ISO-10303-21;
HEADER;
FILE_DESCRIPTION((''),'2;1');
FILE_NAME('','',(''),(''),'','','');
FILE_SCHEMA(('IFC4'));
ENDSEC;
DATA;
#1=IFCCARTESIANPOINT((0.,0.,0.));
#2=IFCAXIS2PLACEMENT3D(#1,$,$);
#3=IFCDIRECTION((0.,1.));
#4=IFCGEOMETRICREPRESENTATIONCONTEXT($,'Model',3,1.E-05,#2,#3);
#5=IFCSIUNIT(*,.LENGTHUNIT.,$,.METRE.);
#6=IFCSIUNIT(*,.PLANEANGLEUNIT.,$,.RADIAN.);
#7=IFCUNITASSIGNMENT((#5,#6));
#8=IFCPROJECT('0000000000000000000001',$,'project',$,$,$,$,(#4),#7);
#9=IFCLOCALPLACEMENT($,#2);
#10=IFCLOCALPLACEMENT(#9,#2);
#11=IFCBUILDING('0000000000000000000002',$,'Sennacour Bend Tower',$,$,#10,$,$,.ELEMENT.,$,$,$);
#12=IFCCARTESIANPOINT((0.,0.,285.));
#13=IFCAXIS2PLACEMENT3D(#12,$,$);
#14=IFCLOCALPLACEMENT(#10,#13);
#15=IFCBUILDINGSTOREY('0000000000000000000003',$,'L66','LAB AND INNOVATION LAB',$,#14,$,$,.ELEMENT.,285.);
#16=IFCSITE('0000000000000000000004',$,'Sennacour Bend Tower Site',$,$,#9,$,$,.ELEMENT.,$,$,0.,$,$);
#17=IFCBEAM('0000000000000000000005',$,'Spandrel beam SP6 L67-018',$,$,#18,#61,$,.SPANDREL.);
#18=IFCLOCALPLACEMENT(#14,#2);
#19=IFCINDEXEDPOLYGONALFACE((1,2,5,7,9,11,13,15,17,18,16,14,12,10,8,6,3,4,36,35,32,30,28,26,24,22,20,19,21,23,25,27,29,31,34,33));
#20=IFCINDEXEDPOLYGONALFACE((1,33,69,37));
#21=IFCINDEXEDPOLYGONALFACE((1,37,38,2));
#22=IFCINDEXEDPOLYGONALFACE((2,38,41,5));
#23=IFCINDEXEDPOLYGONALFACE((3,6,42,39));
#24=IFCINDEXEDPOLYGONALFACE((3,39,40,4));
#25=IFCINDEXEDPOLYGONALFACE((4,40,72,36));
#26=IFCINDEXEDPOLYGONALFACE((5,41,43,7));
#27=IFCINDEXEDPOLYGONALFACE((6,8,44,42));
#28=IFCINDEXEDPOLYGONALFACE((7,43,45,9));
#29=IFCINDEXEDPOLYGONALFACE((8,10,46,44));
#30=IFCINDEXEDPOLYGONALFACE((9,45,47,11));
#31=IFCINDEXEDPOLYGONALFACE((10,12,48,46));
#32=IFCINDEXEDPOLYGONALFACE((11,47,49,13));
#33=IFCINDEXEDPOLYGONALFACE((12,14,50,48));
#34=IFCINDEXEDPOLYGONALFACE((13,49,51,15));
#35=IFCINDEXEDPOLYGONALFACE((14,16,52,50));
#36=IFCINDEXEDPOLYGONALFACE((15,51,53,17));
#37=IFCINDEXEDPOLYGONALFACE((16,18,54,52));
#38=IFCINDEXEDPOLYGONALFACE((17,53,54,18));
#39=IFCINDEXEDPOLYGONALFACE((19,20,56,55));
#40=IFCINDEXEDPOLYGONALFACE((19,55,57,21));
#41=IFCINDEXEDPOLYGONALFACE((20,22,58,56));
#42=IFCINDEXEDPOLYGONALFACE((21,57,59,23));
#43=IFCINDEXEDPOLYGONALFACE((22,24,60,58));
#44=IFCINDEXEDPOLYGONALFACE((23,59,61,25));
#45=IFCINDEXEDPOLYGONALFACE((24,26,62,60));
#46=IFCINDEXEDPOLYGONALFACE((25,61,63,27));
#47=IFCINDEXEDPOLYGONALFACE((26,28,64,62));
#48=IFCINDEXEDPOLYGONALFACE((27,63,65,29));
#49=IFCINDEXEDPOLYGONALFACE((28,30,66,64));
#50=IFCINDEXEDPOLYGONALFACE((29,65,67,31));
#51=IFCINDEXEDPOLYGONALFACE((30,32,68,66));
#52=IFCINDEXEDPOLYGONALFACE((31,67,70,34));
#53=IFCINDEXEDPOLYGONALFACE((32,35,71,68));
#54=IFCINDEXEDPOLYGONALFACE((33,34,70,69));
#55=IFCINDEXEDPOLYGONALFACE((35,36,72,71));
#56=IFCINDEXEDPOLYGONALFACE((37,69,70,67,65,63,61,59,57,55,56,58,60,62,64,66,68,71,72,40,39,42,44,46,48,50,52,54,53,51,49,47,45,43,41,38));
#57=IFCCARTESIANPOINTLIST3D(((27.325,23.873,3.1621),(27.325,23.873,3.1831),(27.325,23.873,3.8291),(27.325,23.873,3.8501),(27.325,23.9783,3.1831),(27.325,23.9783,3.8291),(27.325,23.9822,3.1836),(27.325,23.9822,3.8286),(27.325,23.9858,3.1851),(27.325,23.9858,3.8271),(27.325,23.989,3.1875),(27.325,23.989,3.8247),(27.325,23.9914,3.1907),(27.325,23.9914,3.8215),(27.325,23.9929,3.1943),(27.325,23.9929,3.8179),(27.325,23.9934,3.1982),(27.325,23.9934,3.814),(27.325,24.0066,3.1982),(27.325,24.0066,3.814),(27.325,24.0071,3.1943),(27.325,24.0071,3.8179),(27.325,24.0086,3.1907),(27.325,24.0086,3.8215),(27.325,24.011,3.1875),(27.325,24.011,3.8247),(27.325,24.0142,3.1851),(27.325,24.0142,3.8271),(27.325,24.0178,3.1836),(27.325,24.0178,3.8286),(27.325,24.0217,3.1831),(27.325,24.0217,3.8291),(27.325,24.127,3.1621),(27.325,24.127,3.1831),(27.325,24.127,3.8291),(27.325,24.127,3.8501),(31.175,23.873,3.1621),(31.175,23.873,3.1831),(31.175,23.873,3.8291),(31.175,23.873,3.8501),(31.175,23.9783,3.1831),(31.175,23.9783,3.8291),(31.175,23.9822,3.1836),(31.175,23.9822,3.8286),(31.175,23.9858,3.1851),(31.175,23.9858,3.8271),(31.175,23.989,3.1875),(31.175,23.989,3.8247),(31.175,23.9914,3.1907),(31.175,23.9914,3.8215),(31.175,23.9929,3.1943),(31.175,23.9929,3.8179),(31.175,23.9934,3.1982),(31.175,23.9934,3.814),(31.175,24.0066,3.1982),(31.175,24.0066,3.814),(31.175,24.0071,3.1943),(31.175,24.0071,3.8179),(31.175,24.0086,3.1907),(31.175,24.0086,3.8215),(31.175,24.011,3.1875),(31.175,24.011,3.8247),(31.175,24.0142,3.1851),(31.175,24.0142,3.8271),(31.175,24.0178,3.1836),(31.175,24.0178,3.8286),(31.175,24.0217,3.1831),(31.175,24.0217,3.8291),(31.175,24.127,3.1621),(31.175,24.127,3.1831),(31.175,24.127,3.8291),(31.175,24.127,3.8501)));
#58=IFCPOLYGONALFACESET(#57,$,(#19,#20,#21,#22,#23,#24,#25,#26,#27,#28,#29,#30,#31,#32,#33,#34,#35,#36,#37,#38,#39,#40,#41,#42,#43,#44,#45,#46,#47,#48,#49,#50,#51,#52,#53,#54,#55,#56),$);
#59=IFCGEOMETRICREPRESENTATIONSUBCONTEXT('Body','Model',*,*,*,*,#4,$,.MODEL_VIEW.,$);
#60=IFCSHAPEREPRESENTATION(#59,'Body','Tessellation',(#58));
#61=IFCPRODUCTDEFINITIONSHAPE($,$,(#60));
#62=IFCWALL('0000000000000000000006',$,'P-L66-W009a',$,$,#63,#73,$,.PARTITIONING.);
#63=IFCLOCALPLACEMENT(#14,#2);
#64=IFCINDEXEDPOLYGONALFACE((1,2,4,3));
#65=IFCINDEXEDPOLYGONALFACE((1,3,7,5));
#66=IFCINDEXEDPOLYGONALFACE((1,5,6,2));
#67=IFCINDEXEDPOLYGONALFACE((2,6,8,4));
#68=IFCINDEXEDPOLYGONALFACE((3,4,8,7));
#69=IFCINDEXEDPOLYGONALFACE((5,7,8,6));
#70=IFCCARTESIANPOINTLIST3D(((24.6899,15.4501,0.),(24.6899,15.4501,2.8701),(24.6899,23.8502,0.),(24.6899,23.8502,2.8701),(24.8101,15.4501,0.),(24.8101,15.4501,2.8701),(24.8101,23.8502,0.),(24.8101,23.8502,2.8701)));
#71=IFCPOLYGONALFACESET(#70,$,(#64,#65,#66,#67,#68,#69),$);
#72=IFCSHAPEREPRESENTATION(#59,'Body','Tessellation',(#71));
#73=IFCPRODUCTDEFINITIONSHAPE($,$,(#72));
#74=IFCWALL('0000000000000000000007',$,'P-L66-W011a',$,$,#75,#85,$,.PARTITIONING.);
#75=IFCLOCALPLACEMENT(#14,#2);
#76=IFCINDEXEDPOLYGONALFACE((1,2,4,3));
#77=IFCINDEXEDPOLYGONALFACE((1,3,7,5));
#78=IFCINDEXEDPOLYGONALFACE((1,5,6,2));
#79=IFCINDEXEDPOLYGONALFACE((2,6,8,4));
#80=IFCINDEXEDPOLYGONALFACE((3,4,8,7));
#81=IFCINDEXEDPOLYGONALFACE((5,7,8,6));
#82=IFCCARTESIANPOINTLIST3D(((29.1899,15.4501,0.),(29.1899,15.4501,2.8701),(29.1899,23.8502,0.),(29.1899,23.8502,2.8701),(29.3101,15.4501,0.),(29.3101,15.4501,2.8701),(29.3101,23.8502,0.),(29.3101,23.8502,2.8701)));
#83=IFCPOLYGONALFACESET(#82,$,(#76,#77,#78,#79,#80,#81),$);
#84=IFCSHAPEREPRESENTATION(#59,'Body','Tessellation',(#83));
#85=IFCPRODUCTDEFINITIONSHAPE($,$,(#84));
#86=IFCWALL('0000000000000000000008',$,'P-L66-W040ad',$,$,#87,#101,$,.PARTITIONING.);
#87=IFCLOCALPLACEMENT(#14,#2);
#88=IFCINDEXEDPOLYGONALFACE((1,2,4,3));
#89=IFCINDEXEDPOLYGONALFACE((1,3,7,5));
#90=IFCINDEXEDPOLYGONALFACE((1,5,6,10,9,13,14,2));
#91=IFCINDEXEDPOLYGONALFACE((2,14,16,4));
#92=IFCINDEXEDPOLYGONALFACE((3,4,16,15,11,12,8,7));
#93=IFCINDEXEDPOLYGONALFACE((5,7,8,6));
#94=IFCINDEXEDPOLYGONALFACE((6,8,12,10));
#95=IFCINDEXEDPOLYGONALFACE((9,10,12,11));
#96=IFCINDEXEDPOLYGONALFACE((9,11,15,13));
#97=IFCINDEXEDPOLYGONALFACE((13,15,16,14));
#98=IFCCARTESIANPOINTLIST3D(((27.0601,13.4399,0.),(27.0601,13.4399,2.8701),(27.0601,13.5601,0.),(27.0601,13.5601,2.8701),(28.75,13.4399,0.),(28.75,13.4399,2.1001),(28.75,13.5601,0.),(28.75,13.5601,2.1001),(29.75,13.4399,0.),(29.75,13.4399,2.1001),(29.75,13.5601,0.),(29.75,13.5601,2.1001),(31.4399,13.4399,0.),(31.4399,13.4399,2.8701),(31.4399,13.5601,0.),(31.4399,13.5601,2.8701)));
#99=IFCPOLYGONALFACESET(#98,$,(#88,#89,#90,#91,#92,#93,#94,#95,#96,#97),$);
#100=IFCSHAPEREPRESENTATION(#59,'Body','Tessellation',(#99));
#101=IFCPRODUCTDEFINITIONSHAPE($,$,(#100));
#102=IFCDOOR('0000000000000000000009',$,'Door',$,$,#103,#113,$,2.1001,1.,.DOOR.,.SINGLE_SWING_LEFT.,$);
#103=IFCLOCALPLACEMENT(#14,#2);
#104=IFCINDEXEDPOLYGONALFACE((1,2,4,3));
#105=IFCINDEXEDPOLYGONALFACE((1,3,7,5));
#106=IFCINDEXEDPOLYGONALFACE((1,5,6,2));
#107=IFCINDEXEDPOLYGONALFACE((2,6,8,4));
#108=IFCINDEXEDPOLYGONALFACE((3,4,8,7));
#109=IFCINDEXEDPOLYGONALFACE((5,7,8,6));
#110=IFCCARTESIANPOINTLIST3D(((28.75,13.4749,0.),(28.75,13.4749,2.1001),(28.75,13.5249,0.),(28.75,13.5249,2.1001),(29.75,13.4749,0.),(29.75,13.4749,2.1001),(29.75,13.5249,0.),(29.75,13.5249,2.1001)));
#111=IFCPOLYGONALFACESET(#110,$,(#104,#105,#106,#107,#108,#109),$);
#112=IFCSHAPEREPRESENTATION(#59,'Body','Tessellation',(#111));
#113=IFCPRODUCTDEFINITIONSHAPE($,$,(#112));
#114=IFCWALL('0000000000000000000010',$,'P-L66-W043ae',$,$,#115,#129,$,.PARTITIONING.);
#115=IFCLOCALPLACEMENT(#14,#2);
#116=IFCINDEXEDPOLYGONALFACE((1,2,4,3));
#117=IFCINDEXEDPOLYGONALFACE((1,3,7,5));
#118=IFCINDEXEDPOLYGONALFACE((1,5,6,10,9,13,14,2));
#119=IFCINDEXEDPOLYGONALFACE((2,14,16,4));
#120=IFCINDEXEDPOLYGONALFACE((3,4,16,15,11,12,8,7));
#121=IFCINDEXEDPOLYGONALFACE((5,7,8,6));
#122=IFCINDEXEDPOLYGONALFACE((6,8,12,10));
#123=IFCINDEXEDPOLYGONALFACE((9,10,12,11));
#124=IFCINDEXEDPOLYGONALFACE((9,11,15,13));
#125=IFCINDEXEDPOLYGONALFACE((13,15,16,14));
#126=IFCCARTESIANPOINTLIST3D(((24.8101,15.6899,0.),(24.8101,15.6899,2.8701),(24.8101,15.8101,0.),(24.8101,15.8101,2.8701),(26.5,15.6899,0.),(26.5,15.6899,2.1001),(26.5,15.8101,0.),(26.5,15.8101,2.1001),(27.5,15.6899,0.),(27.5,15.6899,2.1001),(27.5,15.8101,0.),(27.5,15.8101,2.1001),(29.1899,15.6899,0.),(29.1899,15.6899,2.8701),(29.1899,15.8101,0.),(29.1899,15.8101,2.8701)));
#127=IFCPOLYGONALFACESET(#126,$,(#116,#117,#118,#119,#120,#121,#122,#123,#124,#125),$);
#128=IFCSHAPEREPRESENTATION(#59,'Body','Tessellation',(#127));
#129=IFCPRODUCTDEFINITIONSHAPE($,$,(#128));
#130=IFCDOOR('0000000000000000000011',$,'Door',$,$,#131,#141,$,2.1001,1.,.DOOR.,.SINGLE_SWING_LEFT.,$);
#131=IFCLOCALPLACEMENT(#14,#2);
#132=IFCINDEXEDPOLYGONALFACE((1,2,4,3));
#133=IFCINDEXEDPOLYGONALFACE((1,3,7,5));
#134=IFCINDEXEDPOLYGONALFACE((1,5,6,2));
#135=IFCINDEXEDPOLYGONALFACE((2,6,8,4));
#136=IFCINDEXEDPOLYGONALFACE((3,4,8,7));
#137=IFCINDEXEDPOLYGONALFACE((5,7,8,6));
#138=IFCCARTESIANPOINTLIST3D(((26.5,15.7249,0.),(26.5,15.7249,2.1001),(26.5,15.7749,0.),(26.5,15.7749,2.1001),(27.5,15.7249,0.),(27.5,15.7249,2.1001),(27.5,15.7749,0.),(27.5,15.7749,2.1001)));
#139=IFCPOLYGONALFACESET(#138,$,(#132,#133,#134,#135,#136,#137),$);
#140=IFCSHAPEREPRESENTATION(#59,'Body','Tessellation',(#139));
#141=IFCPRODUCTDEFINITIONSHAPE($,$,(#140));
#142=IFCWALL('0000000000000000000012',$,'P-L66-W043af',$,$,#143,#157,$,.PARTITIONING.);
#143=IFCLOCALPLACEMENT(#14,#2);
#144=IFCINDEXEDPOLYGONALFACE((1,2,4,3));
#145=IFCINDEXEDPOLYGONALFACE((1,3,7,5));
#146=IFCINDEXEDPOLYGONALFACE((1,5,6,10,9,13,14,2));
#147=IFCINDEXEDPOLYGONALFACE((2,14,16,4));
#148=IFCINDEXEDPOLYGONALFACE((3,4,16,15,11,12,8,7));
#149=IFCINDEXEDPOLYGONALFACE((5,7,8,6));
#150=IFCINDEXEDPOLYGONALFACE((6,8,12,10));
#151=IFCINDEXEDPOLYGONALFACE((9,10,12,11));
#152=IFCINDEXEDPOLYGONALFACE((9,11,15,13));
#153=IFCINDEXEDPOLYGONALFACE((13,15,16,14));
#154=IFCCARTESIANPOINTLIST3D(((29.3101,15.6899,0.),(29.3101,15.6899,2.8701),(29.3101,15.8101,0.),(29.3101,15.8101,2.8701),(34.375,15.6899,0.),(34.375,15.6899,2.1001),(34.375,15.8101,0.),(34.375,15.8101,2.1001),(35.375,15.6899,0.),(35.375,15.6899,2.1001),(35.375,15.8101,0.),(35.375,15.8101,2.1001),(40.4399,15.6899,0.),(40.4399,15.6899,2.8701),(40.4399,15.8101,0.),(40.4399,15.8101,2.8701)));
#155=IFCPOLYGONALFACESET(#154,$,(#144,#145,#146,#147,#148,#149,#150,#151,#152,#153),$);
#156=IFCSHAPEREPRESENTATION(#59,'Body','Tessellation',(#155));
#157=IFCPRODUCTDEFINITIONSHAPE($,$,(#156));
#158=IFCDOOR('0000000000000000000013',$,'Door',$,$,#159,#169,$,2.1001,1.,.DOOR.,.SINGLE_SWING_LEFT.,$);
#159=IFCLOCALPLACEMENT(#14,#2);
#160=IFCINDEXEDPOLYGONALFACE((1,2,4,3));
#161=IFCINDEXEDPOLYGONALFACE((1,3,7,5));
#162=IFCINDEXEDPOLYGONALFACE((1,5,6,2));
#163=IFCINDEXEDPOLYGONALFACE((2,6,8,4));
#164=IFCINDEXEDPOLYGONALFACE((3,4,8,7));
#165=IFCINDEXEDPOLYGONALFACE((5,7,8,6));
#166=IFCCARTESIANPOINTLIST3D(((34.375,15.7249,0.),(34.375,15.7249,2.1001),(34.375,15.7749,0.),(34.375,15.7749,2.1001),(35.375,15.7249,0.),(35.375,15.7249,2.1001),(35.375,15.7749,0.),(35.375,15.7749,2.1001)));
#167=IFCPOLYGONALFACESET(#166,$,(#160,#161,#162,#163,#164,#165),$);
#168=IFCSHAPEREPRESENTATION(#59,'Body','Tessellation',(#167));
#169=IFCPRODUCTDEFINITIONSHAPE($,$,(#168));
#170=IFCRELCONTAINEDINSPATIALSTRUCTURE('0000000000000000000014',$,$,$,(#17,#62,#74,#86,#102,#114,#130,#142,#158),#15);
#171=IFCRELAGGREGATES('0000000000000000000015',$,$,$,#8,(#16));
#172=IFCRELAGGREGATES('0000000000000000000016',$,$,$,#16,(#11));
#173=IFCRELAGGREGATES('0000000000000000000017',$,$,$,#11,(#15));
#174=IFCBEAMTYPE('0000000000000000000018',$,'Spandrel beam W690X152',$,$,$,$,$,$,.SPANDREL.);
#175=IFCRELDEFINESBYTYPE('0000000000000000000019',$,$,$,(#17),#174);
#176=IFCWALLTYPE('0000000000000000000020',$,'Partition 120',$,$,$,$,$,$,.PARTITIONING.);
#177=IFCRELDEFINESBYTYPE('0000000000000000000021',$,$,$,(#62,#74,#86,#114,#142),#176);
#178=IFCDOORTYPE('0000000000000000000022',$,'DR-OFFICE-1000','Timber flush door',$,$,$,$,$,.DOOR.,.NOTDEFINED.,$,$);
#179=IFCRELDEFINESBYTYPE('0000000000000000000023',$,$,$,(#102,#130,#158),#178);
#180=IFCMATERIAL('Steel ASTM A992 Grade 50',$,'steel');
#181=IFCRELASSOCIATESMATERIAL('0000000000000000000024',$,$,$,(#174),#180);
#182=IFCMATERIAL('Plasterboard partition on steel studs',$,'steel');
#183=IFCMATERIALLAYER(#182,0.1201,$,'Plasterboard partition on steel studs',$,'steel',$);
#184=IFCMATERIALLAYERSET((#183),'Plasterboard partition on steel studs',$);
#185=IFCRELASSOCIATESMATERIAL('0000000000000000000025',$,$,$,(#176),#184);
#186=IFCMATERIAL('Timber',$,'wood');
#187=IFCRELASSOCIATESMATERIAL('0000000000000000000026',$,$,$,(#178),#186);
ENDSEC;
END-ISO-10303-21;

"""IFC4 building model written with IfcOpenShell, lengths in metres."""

from ifc_helpers import new_model, si_unit, direction, frame, frame_2d, origin, origin_2d, place, context, subcontext, project, spatial, rectangle, i_section, extrude, material, layer, layer_set, material_profile, profile_set, type_object, element, fill, save


model = new_model("IFC4")

# Units and contexts
model_context = context("Model", 3, precision=1e-05, world=origin(), true_north=direction((0.0, 1.0)))
body_context = subcontext(model_context, "Body", "Model", "MODEL_VIEW")
ifc_project = project(units=[si_unit("LENGTHUNIT", "METRE"), si_unit("PLANEANGLEUNIT", "RADIAN")], contexts=[model_context])

# Site, building, storey
site_placement = place(None, origin())
site = spatial("IfcSite", under=ifc_project, at=site_placement, Name="Sennacour Bend Tower Site", CompositionType="ELEMENT", RefElevation=0.0)
building_placement = place(site_placement, origin())
building = spatial("IfcBuilding", under=site, at=building_placement, Name="Sennacour Bend Tower", CompositionType="ELEMENT")
storey_placement = place(building_placement, frame((0.0, 0.0, 285.0)))
storey = spatial("IfcBuildingStorey", under=building, at=storey_placement, Name="L66", Description="LAB AND INNOVATION LAB", CompositionType="ELEMENT", Elevation=285.0)

# Beam
ifc_material_1 = material(Name="Steel ASTM A992 Grade 50", Category="steel")
ifc_material_profile_1 = material_profile(ifc_material_1, i_section(OverallWidth=0.2539, OverallDepth=0.688, WebThickness=0.0132, FlangeThickness=0.021, FilletRadius=0.0151, at=origin_2d()), Name="Steel ASTM A992 Grade 50", Category="steel")
ifc_profile_set_1 = profile_set([ifc_material_profile_1], Name="Steel ASTM A992 Grade 50")
beam_type = type_object("IfcBeamType", Name="Spandrel beam W690X152", PredefinedType="SPANDREL", material=ifc_profile_set_1)
for number, where, z_axis, x_axis, name in (
    (1, (27.325, 24.0, 3.5061), (1.0, 0.0, 0.0), (0.0, 1.0, 0.0), "Spandrel beam SP6 L67-018"),
):
    element("IfcBeam", number, at=place(storey_placement, frame(where, z_axis=z_axis, x_axis=x_axis)), inside=storey, type_object=beam_type, Name=name, PredefinedType="SPANDREL", context=body_context, shape_type="SweptSolid", body=[
        extrude(i_section(OverallWidth=0.2539, OverallDepth=0.688, WebThickness=0.0132, FlangeThickness=0.021, FilletRadius=0.0151, at=origin_2d()), origin(), (0.0, 0.0, 1.0), 3.8501),
    ])

# Walls
ifc_material_2 = material(Name="Plasterboard partition on steel studs", Category="steel")
ifc_layer_1 = layer(ifc_material_2, 0.1201, Name="Plasterboard partition on steel studs", Category="steel")
ifc_layer_set_1 = layer_set([ifc_layer_1], Name="Plasterboard partition on steel studs")
wall_type_1 = type_object("IfcWallType", Name="Partition 120", PredefinedType="PARTITIONING", material=ifc_layer_set_1)
for number, where, z_axis, x_axis, name in (
    (2, (24.75, 15.45, 0.0), (0.0, 0.0, 1.0), (0.0, 1.0, 0.0), "P-L66-W009a"),
    (3, (29.25, 15.45, 0.0), (0.0, 0.0, 1.0), (0.0, 1.0, 0.0), "P-L66-W011a"),
):
    element("IfcWall", number, at=place(storey_placement, frame(where, z_axis=z_axis, x_axis=x_axis)), inside=storey, type_object=wall_type_1, Name=name, PredefinedType="PARTITIONING", context=body_context, shape_type="SweptSolid", body=[
        extrude(rectangle(XDim=8.4001, YDim=0.1201, at=frame_2d((4.2002, 0.0))), origin(), (0.0, 0.0, 1.0), 2.8701),
    ])

# Walls, openings, doors
wall_1_placement = place(storey_placement, frame((27.0601, 13.5, 0.0), z_axis=(0.0, 0.0, 1.0), x_axis=(1.0, 0.0, 0.0)))
wall_1 = element("IfcWall", 4, at=wall_1_placement, inside=storey, type_object=wall_type_1, Name="P-L66-W040ad", PredefinedType="PARTITIONING", context=body_context, shape_type="SweptSolid", body=[
    extrude(rectangle(XDim=4.3799, YDim=0.1201, at=frame_2d((2.1899, 0.0))), origin(), (0.0, 0.0, 1.0), 2.8701),
])
opening_1_placement = place(wall_1_placement, frame((1.6899, 0.0, 0.0)))
opening_1 = element("IfcOpeningElement", 5, at=opening_1_placement, cuts=wall_1, PredefinedType="OPENING", context=body_context, shape_type="SweptSolid", body=[
    extrude(rectangle(XDim=1.0, YDim=2.1001, at=frame_2d((0.5, 1.05))), frame((0.0, 0.0701, 0.0), z_axis=(0.0, -1.0, 0.0), x_axis=(1.0, 0.0, 0.0)), (0.0, 0.0, 1.0), 0.1401),
])
ifc_material_3 = material(Name="Timber", Category="wood")
door_type = type_object("IfcDoorType", Name="DR-OFFICE-1000", Description="Timber flush door", OperationType="NOTDEFINED", PredefinedType="DOOR", material=ifc_material_3)
door_1_placement = place(opening_1_placement, origin())
door_1 = element("IfcDoor", 6, at=door_1_placement, inside=storey, type_object=door_type, Name="Door", OperationType="SINGLE_SWING_LEFT", OverallHeight=2.1001, OverallWidth=1.0, PredefinedType="DOOR", context=body_context, shape_type="SweptSolid", body=[
    extrude(rectangle(XDim=1.0, YDim=2.1001, at=frame_2d((0.5, 1.05))), frame((0.0, 0.0249, 0.0), z_axis=(0.0, -1.0, 0.0), x_axis=(1.0, 0.0, 0.0)), (0.0, 0.0, 1.0), 0.05),
])
fill(opening_1, door_1)
wall_2_placement = place(storey_placement, frame((24.8101, 15.75, 0.0), z_axis=(0.0, 0.0, 1.0), x_axis=(1.0, 0.0, 0.0)))
wall_2 = element("IfcWall", 7, at=wall_2_placement, inside=storey, type_object=wall_type_1, Name="P-L66-W043ae", PredefinedType="PARTITIONING", context=body_context, shape_type="SweptSolid", body=[
    extrude(rectangle(XDim=4.3799, YDim=0.1201, at=frame_2d((2.1899, 0.0))), origin(), (0.0, 0.0, 1.0), 2.8701),
])
opening_2_placement = place(wall_2_placement, frame((1.6899, 0.0, 0.0)))
opening_2 = element("IfcOpeningElement", 8, at=opening_2_placement, cuts=wall_2, PredefinedType="OPENING", context=body_context, shape_type="SweptSolid", body=[
    extrude(rectangle(XDim=1.0, YDim=2.1001, at=frame_2d((0.5, 1.05))), frame((0.0, 0.0701, 0.0), z_axis=(0.0, -1.0, 0.0), x_axis=(1.0, 0.0, 0.0)), (0.0, 0.0, 1.0), 0.1401),
])
door_2_placement = place(opening_2_placement, origin())
door_2 = element("IfcDoor", 9, at=door_2_placement, inside=storey, type_object=door_type, Name="Door", OperationType="SINGLE_SWING_LEFT", OverallHeight=2.1001, OverallWidth=1.0, PredefinedType="DOOR", context=body_context, shape_type="SweptSolid", body=[
    extrude(rectangle(XDim=1.0, YDim=2.1001, at=frame_2d((0.5, 1.05))), frame((0.0, 0.0249, 0.0), z_axis=(0.0, -1.0, 0.0), x_axis=(1.0, 0.0, 0.0)), (0.0, 0.0, 1.0), 0.05),
])
fill(opening_2, door_2)
wall_3_placement = place(storey_placement, frame((29.3101, 15.75, 0.0), z_axis=(0.0, 0.0, 1.0), x_axis=(1.0, 0.0, 0.0)))
wall_3 = element("IfcWall", 10, at=wall_3_placement, inside=storey, type_object=wall_type_1, Name="P-L66-W043af", PredefinedType="PARTITIONING", context=body_context, shape_type="SweptSolid", body=[
    extrude(rectangle(XDim=11.1299, YDim=0.1201, at=frame_2d((5.5649, 0.0))), origin(), (0.0, 0.0, 1.0), 2.8701),
])
opening_3_placement = place(wall_3_placement, frame((5.0649, 0.0, 0.0)))
opening_3 = element("IfcOpeningElement", 11, at=opening_3_placement, cuts=wall_3, PredefinedType="OPENING", context=body_context, shape_type="SweptSolid", body=[
    extrude(rectangle(XDim=1.0, YDim=2.1001, at=frame_2d((0.5, 1.05))), frame((0.0, 0.0701, 0.0), z_axis=(0.0, -1.0, 0.0), x_axis=(1.0, 0.0, 0.0)), (0.0, 0.0, 1.0), 0.1401),
])
door_3_placement = place(opening_3_placement, origin())
door_3 = element("IfcDoor", 12, at=door_3_placement, inside=storey, type_object=door_type, Name="Door", OperationType="SINGLE_SWING_LEFT", OverallHeight=2.1001, OverallWidth=1.0, PredefinedType="DOOR", context=body_context, shape_type="SweptSolid", body=[
    extrude(rectangle(XDim=1.0, YDim=2.1001, at=frame_2d((0.5, 1.05))), frame((0.0, 0.0249, 0.0), z_axis=(0.0, -1.0, 0.0), x_axis=(1.0, 0.0, 0.0)), (0.0, 0.0, 1.0), 0.05),
])
fill(opening_3, door_3)

save(model, "model.ifc")
